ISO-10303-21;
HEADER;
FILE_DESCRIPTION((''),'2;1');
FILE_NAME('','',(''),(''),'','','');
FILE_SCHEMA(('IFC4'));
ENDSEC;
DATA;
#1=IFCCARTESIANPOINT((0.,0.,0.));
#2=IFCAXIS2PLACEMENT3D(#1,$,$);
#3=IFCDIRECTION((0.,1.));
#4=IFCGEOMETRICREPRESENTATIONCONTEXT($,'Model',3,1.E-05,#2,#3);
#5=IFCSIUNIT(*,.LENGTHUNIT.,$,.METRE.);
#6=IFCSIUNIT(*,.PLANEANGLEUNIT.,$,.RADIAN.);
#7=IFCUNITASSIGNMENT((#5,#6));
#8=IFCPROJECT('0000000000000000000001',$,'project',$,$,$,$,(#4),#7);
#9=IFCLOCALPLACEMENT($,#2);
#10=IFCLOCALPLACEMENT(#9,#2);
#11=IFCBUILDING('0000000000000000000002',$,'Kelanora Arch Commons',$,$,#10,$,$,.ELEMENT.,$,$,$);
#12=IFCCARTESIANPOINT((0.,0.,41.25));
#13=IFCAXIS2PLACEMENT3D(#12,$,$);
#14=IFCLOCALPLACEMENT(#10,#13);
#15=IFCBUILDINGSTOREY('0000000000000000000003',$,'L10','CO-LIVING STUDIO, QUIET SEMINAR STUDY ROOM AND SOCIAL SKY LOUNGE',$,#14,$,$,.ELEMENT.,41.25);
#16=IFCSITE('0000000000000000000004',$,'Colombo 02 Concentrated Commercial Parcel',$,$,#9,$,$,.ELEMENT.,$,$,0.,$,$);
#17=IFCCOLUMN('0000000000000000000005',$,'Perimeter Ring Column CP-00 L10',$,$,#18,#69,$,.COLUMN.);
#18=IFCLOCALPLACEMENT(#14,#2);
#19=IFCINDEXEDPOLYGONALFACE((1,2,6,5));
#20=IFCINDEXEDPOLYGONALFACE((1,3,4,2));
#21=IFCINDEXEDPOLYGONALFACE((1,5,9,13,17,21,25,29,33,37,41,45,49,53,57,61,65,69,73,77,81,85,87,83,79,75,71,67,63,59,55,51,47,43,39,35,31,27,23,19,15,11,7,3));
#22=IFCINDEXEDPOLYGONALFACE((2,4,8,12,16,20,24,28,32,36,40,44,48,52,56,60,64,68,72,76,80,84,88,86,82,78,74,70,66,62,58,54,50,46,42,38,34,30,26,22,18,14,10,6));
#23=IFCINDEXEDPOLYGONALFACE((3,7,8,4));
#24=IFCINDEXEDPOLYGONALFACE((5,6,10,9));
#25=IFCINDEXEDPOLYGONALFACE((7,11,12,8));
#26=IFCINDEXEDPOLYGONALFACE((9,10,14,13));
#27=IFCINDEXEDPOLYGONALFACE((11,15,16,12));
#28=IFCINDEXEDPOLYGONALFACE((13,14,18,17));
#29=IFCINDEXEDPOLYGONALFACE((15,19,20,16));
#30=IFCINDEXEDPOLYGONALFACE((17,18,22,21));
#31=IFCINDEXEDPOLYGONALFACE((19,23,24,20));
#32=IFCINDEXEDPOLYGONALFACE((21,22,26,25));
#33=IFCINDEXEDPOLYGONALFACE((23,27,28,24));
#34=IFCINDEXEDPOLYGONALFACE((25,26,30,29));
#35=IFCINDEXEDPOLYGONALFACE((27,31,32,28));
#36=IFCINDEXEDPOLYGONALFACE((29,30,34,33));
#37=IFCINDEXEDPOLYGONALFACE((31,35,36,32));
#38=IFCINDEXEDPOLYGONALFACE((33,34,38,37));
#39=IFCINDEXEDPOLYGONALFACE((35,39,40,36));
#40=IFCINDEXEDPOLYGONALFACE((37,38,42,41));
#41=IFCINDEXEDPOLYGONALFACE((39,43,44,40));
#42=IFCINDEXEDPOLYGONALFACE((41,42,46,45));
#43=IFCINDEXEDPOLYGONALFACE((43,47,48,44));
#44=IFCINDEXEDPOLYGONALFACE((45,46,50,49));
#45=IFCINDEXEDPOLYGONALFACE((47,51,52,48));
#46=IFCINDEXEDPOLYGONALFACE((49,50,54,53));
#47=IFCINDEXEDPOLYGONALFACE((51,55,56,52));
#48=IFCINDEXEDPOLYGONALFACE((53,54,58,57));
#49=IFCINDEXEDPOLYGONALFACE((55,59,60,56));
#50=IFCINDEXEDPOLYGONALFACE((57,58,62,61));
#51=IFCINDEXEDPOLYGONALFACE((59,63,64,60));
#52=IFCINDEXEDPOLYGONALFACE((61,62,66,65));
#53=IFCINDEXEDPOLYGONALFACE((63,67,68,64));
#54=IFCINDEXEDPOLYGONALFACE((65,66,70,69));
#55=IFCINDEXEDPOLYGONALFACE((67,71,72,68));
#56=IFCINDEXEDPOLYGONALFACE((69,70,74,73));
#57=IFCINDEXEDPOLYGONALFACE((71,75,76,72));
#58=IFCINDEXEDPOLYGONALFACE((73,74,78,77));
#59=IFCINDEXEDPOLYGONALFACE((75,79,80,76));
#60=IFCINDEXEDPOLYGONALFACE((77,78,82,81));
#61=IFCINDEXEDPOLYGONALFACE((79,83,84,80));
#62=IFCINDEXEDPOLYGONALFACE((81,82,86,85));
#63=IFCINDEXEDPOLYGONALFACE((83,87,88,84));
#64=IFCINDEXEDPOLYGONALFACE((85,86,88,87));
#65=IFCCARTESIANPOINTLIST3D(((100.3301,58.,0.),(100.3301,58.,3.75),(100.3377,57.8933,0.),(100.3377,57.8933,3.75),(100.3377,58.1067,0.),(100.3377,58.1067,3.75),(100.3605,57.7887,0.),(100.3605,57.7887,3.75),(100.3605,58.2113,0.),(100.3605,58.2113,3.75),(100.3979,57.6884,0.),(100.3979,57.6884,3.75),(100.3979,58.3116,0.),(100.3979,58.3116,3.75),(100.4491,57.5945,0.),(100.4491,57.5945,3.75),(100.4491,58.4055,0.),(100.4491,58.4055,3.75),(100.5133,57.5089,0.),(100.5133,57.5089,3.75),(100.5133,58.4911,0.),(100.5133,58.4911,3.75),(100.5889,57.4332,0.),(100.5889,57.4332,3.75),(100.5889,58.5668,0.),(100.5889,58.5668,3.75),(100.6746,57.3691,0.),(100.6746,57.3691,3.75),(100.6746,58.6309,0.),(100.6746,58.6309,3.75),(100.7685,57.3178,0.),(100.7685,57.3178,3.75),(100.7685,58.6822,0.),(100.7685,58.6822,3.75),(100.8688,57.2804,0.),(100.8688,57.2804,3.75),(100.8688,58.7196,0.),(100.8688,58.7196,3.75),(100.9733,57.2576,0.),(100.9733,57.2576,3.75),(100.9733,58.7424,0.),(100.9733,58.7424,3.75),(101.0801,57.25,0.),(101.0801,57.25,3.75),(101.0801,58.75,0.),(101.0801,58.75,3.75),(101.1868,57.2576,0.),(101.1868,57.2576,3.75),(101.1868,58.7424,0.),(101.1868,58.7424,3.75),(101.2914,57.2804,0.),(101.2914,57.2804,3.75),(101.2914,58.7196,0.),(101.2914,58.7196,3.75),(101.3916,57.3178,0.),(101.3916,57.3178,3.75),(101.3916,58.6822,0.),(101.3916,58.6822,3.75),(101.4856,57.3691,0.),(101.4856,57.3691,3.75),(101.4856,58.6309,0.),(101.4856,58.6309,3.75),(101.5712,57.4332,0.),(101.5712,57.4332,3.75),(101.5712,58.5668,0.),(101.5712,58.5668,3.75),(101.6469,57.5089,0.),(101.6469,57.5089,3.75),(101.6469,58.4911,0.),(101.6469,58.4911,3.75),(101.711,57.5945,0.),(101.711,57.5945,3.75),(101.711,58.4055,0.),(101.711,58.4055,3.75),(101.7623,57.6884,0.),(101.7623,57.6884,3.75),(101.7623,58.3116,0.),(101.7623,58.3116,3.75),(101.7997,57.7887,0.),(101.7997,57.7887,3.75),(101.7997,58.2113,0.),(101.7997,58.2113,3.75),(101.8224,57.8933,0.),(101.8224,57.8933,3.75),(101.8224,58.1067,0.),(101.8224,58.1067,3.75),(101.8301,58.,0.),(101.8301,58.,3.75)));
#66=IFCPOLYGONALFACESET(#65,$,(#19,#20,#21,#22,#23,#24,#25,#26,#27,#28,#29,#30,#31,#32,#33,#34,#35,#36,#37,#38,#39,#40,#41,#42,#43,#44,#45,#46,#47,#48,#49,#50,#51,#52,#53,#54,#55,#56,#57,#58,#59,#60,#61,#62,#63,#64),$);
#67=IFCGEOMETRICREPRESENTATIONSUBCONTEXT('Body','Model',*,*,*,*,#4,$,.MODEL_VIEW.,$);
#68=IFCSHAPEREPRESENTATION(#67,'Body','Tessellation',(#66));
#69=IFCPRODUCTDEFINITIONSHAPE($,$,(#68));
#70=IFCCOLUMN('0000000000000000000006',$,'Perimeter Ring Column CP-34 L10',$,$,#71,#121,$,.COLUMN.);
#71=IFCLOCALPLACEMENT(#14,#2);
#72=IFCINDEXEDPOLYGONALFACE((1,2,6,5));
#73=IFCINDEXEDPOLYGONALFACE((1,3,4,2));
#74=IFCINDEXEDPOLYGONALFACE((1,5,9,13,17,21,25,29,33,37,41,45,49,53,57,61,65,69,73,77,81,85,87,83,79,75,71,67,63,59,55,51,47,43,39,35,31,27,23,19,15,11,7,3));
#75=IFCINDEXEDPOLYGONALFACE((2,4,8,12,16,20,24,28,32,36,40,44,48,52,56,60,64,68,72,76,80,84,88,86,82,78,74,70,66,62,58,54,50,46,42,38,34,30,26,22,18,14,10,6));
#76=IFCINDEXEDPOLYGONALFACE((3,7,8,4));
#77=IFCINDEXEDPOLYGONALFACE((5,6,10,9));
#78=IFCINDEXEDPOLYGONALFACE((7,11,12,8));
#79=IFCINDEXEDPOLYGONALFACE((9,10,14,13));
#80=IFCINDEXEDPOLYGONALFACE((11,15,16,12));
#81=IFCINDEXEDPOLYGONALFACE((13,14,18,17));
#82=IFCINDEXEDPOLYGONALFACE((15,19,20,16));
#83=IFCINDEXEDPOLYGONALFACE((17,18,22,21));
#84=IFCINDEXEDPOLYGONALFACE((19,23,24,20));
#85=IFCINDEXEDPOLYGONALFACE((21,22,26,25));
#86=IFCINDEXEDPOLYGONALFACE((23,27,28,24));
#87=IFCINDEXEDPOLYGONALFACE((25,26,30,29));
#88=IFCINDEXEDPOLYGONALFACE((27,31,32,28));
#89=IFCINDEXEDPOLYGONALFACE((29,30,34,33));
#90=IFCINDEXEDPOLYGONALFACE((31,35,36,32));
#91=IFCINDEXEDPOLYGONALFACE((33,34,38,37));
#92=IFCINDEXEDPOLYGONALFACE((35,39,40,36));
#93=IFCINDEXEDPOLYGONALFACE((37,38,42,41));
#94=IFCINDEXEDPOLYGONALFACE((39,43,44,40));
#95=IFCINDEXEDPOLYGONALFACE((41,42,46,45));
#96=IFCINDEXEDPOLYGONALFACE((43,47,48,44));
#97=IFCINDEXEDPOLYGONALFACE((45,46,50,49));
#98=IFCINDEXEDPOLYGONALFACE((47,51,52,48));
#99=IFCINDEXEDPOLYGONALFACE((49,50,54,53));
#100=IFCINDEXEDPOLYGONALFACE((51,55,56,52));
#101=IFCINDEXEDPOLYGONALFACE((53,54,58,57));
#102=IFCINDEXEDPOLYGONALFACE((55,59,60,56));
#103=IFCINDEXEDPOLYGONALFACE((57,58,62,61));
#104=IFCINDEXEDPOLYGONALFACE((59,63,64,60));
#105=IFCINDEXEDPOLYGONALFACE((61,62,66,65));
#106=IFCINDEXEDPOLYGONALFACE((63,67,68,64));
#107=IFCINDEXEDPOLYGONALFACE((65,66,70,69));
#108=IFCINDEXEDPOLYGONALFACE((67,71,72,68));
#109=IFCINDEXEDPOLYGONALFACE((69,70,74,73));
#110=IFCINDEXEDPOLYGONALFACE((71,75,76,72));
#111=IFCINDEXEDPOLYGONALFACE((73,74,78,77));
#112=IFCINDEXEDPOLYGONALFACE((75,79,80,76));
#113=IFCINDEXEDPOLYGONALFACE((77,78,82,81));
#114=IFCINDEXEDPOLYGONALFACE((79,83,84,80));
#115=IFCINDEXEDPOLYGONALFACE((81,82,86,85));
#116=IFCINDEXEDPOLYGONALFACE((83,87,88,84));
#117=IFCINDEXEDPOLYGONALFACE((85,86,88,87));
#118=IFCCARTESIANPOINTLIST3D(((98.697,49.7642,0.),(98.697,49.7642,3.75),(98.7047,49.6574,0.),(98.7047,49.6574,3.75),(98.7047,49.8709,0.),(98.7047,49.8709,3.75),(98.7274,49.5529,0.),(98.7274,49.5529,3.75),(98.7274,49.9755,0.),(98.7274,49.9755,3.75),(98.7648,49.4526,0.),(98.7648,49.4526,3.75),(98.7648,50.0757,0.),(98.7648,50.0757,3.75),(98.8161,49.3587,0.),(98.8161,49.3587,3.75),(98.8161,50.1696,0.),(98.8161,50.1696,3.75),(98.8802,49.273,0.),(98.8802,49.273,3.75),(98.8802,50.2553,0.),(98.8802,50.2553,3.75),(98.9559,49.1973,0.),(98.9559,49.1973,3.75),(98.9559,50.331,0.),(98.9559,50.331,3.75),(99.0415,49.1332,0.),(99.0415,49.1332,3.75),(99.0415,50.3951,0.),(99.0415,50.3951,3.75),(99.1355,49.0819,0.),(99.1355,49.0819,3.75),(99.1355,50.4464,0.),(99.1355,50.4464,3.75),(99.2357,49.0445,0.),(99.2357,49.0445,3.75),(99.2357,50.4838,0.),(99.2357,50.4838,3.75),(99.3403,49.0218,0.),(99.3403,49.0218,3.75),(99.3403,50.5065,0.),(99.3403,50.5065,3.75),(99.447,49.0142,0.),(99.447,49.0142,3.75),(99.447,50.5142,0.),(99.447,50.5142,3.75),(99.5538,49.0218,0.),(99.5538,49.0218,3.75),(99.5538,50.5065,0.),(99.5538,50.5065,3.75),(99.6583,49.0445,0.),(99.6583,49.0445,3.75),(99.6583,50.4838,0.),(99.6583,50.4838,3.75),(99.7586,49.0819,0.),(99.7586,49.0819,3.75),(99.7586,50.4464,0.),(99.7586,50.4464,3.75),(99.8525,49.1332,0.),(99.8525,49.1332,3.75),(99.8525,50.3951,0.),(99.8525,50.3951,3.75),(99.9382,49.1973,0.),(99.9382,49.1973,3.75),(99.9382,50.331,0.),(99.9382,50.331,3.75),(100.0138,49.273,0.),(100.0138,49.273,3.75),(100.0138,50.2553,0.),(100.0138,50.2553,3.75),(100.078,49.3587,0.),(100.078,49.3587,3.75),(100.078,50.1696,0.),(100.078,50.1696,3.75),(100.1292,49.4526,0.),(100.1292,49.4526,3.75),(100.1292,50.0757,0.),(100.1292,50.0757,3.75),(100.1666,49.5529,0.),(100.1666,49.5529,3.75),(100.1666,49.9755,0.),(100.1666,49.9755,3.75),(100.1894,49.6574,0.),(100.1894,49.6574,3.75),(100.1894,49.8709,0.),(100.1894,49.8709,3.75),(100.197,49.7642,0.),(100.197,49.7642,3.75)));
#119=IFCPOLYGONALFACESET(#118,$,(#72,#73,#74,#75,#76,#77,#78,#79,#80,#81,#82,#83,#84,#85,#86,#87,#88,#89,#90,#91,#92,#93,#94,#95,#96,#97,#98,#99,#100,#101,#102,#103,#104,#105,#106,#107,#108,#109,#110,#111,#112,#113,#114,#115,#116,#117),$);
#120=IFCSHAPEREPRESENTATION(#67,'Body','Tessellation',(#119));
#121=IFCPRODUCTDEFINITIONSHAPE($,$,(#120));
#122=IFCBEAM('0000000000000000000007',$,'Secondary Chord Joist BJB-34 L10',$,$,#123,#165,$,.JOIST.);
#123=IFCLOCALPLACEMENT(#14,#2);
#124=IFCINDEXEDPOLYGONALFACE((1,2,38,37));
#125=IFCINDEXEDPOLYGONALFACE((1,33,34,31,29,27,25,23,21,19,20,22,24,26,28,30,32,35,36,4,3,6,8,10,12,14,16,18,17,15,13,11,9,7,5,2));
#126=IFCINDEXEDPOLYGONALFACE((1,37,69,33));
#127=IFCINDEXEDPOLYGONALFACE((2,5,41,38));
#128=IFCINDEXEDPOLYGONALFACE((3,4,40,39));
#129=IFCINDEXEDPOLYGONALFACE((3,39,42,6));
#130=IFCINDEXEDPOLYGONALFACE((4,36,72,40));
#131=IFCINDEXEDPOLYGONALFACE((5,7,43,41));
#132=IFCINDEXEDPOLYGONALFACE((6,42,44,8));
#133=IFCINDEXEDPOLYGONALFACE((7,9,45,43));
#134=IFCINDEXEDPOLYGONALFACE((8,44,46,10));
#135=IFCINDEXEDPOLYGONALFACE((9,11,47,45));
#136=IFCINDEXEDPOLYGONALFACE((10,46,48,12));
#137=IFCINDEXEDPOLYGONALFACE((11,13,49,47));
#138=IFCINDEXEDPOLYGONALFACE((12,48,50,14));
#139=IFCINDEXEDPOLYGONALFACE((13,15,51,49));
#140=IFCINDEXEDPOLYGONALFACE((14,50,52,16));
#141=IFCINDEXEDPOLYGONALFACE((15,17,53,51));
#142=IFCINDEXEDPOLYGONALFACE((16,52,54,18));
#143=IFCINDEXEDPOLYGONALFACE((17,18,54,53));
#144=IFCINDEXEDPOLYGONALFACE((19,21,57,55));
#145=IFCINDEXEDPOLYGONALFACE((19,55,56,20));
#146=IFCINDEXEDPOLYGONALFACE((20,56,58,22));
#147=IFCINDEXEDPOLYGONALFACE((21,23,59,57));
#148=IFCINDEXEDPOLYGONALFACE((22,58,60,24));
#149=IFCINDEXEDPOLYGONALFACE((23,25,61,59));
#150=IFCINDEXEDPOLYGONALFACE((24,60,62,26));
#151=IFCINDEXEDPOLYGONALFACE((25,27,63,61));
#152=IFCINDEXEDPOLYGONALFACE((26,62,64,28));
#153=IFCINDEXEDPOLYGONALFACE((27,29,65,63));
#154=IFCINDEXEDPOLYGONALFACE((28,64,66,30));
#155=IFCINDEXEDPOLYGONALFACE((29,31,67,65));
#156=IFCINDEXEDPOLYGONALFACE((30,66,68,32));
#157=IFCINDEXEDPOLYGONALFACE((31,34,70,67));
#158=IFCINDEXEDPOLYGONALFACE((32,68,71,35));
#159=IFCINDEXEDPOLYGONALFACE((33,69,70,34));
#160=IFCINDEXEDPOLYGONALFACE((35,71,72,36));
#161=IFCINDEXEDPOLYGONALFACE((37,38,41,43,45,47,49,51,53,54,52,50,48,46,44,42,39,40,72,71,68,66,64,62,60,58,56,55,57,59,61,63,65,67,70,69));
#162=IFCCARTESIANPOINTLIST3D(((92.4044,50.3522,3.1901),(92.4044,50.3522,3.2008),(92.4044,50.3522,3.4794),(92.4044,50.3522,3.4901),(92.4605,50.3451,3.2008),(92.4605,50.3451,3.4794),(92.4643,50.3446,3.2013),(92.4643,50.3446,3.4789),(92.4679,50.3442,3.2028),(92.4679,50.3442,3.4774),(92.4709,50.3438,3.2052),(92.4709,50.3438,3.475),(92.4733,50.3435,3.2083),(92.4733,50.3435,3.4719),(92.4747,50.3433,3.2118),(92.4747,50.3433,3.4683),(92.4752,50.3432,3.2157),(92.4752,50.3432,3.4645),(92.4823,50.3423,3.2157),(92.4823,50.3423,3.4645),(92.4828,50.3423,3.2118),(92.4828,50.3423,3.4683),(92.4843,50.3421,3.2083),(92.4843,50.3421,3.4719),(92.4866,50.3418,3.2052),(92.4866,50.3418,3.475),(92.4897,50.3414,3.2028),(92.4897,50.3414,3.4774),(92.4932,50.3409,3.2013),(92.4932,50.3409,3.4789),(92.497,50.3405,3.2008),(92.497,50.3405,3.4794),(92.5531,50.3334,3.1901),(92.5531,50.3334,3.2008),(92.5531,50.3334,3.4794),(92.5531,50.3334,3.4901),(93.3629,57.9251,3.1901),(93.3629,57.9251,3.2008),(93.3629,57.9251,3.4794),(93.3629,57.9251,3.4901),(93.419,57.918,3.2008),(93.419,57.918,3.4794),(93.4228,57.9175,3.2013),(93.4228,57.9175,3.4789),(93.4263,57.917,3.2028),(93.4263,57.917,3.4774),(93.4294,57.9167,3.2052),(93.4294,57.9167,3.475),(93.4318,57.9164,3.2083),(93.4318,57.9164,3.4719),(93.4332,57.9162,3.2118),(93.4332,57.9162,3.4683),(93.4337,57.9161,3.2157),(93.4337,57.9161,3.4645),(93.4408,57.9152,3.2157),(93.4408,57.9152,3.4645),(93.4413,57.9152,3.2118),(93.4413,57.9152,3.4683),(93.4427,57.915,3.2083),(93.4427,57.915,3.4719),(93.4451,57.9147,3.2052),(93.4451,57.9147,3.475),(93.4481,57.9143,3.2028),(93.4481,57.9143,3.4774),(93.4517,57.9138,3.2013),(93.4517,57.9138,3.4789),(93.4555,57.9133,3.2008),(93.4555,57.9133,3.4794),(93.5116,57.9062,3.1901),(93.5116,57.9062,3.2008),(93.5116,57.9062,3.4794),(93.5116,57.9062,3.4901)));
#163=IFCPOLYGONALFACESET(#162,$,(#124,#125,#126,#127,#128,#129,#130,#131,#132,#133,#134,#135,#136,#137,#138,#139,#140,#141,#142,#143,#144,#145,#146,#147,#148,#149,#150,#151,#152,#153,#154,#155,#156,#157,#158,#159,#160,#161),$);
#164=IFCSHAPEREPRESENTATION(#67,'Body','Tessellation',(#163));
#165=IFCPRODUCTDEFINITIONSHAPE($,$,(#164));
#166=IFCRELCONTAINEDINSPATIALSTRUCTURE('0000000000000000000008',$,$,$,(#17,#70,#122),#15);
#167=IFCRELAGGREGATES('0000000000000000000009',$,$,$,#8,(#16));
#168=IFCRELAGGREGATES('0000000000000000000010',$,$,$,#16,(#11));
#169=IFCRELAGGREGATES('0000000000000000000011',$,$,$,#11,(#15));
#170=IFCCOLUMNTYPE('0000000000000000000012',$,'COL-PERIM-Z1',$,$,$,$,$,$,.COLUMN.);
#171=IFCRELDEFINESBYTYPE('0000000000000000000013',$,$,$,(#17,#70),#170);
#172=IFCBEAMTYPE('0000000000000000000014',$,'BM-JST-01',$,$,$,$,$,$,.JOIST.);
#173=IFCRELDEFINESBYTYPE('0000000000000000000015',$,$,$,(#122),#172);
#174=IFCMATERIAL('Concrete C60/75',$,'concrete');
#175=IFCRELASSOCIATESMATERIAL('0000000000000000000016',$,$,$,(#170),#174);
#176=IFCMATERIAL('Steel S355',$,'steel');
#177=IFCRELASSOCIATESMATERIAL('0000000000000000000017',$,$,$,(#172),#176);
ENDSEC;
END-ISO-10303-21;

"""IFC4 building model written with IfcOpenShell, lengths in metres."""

from ifc_helpers import new_model, si_unit, direction, frame, origin, origin_2d, place, context, subcontext, project, spatial, circle, i_section, extrude, material, material_profile, profile_set, type_object, element, save


model = new_model("IFC4")

# Units and contexts
model_context = context("Model", 3, precision=1e-05, world=origin(), true_north=direction((0.0, 1.0)))
body_context = subcontext(model_context, "Body", "Model", "MODEL_VIEW")
ifc_project = project(units=[si_unit("LENGTHUNIT", "METRE"), si_unit("PLANEANGLEUNIT", "RADIAN")], contexts=[model_context])

# Site, building, storey
site_placement = place(None, origin())
site = spatial("IfcSite", under=ifc_project, at=site_placement, Name="Colombo 02 Concentrated Commercial Parcel", CompositionType="ELEMENT", RefElevation=0.0)
building_placement = place(site_placement, origin())
building = spatial("IfcBuilding", under=site, at=building_placement, Name="Kelanora Arch Commons", CompositionType="ELEMENT")
storey_placement = place(building_placement, frame((0.0, 0.0, 41.25)))
storey = spatial("IfcBuildingStorey", under=building, at=storey_placement, Name="L10", Description="CO-LIVING STUDIO, QUIET SEMINAR STUDY ROOM AND SOCIAL SKY LOUNGE", CompositionType="ELEMENT", Elevation=41.25)

# Columns
ifc_material_1 = material(Name="Concrete C60/75", Category="concrete")
ifc_material_profile_1 = material_profile(ifc_material_1, circle(Radius=0.75, at=origin_2d()), Name="RCC1500")
ifc_profile_set_1 = profile_set([ifc_material_profile_1], Name="Concrete C60/75")
column_type = type_object("IfcColumnType", Name="COL-PERIM-Z1", PredefinedType="COLUMN", material=ifc_profile_set_1)
for number, where, z_axis, x_axis, name in (
    (1, (101.0801, 58.0, 0.0), (0.0, 0.0, 1.0), (1.0, 0.0, 0.0), "Perimeter Ring Column CP-00 L10"),
    (2, (99.447, 49.7642, 0.0), (0.0, 0.0, 1.0), (1.0, 0.0, 0.0), "Perimeter Ring Column CP-34 L10"),
):
    element("IfcColumn", number, at=place(storey_placement, frame(where, z_axis=z_axis, x_axis=x_axis)), inside=storey, type_object=column_type, Name=name, PredefinedType="COLUMN", context=body_context, shape_type="SweptSolid", body=[
        extrude(circle(Radius=0.75, at=origin_2d()), origin(), (0.0, 0.0, 1.0), 3.75),
    ])

# Beam
ifc_material_2 = material(Name="Steel S355", Category="steel")
ifc_material_profile_2 = material_profile(ifc_material_2, i_section(OverallWidth=0.1499, OverallDepth=0.3, WebThickness=0.0071, FlangeThickness=0.0107, FilletRadius=0.0149, at=origin_2d()), Name="IPE300")
ifc_profile_set_2 = profile_set([ifc_material_profile_2], Name="Steel S355")
beam_type_1 = type_object("IfcBeamType", Name="BM-JST-01", PredefinedType="JOIST", material=ifc_profile_set_2)
beam_1_placement = place(storey_placement, frame((92.4788, 50.3428, 3.3401), z_axis=(0.125566, 0.992085, 0.0), x_axis=(-0.992085, 0.125566, 0.0)))
element("IfcBeam", 3, at=beam_1_placement, inside=storey, type_object=beam_type_1, Name="Secondary Chord Joist BJB-34 L10", PredefinedType="JOIST", context=body_context, shape_type="SweptSolid", body=[
    extrude(i_section(OverallWidth=0.1499, OverallDepth=0.3, WebThickness=0.0071, FlangeThickness=0.0107, FilletRadius=0.0149, at=origin_2d()), origin(), (0.0, 0.0, 1.0), 7.6333),
])

save(model, "model.ifc")
